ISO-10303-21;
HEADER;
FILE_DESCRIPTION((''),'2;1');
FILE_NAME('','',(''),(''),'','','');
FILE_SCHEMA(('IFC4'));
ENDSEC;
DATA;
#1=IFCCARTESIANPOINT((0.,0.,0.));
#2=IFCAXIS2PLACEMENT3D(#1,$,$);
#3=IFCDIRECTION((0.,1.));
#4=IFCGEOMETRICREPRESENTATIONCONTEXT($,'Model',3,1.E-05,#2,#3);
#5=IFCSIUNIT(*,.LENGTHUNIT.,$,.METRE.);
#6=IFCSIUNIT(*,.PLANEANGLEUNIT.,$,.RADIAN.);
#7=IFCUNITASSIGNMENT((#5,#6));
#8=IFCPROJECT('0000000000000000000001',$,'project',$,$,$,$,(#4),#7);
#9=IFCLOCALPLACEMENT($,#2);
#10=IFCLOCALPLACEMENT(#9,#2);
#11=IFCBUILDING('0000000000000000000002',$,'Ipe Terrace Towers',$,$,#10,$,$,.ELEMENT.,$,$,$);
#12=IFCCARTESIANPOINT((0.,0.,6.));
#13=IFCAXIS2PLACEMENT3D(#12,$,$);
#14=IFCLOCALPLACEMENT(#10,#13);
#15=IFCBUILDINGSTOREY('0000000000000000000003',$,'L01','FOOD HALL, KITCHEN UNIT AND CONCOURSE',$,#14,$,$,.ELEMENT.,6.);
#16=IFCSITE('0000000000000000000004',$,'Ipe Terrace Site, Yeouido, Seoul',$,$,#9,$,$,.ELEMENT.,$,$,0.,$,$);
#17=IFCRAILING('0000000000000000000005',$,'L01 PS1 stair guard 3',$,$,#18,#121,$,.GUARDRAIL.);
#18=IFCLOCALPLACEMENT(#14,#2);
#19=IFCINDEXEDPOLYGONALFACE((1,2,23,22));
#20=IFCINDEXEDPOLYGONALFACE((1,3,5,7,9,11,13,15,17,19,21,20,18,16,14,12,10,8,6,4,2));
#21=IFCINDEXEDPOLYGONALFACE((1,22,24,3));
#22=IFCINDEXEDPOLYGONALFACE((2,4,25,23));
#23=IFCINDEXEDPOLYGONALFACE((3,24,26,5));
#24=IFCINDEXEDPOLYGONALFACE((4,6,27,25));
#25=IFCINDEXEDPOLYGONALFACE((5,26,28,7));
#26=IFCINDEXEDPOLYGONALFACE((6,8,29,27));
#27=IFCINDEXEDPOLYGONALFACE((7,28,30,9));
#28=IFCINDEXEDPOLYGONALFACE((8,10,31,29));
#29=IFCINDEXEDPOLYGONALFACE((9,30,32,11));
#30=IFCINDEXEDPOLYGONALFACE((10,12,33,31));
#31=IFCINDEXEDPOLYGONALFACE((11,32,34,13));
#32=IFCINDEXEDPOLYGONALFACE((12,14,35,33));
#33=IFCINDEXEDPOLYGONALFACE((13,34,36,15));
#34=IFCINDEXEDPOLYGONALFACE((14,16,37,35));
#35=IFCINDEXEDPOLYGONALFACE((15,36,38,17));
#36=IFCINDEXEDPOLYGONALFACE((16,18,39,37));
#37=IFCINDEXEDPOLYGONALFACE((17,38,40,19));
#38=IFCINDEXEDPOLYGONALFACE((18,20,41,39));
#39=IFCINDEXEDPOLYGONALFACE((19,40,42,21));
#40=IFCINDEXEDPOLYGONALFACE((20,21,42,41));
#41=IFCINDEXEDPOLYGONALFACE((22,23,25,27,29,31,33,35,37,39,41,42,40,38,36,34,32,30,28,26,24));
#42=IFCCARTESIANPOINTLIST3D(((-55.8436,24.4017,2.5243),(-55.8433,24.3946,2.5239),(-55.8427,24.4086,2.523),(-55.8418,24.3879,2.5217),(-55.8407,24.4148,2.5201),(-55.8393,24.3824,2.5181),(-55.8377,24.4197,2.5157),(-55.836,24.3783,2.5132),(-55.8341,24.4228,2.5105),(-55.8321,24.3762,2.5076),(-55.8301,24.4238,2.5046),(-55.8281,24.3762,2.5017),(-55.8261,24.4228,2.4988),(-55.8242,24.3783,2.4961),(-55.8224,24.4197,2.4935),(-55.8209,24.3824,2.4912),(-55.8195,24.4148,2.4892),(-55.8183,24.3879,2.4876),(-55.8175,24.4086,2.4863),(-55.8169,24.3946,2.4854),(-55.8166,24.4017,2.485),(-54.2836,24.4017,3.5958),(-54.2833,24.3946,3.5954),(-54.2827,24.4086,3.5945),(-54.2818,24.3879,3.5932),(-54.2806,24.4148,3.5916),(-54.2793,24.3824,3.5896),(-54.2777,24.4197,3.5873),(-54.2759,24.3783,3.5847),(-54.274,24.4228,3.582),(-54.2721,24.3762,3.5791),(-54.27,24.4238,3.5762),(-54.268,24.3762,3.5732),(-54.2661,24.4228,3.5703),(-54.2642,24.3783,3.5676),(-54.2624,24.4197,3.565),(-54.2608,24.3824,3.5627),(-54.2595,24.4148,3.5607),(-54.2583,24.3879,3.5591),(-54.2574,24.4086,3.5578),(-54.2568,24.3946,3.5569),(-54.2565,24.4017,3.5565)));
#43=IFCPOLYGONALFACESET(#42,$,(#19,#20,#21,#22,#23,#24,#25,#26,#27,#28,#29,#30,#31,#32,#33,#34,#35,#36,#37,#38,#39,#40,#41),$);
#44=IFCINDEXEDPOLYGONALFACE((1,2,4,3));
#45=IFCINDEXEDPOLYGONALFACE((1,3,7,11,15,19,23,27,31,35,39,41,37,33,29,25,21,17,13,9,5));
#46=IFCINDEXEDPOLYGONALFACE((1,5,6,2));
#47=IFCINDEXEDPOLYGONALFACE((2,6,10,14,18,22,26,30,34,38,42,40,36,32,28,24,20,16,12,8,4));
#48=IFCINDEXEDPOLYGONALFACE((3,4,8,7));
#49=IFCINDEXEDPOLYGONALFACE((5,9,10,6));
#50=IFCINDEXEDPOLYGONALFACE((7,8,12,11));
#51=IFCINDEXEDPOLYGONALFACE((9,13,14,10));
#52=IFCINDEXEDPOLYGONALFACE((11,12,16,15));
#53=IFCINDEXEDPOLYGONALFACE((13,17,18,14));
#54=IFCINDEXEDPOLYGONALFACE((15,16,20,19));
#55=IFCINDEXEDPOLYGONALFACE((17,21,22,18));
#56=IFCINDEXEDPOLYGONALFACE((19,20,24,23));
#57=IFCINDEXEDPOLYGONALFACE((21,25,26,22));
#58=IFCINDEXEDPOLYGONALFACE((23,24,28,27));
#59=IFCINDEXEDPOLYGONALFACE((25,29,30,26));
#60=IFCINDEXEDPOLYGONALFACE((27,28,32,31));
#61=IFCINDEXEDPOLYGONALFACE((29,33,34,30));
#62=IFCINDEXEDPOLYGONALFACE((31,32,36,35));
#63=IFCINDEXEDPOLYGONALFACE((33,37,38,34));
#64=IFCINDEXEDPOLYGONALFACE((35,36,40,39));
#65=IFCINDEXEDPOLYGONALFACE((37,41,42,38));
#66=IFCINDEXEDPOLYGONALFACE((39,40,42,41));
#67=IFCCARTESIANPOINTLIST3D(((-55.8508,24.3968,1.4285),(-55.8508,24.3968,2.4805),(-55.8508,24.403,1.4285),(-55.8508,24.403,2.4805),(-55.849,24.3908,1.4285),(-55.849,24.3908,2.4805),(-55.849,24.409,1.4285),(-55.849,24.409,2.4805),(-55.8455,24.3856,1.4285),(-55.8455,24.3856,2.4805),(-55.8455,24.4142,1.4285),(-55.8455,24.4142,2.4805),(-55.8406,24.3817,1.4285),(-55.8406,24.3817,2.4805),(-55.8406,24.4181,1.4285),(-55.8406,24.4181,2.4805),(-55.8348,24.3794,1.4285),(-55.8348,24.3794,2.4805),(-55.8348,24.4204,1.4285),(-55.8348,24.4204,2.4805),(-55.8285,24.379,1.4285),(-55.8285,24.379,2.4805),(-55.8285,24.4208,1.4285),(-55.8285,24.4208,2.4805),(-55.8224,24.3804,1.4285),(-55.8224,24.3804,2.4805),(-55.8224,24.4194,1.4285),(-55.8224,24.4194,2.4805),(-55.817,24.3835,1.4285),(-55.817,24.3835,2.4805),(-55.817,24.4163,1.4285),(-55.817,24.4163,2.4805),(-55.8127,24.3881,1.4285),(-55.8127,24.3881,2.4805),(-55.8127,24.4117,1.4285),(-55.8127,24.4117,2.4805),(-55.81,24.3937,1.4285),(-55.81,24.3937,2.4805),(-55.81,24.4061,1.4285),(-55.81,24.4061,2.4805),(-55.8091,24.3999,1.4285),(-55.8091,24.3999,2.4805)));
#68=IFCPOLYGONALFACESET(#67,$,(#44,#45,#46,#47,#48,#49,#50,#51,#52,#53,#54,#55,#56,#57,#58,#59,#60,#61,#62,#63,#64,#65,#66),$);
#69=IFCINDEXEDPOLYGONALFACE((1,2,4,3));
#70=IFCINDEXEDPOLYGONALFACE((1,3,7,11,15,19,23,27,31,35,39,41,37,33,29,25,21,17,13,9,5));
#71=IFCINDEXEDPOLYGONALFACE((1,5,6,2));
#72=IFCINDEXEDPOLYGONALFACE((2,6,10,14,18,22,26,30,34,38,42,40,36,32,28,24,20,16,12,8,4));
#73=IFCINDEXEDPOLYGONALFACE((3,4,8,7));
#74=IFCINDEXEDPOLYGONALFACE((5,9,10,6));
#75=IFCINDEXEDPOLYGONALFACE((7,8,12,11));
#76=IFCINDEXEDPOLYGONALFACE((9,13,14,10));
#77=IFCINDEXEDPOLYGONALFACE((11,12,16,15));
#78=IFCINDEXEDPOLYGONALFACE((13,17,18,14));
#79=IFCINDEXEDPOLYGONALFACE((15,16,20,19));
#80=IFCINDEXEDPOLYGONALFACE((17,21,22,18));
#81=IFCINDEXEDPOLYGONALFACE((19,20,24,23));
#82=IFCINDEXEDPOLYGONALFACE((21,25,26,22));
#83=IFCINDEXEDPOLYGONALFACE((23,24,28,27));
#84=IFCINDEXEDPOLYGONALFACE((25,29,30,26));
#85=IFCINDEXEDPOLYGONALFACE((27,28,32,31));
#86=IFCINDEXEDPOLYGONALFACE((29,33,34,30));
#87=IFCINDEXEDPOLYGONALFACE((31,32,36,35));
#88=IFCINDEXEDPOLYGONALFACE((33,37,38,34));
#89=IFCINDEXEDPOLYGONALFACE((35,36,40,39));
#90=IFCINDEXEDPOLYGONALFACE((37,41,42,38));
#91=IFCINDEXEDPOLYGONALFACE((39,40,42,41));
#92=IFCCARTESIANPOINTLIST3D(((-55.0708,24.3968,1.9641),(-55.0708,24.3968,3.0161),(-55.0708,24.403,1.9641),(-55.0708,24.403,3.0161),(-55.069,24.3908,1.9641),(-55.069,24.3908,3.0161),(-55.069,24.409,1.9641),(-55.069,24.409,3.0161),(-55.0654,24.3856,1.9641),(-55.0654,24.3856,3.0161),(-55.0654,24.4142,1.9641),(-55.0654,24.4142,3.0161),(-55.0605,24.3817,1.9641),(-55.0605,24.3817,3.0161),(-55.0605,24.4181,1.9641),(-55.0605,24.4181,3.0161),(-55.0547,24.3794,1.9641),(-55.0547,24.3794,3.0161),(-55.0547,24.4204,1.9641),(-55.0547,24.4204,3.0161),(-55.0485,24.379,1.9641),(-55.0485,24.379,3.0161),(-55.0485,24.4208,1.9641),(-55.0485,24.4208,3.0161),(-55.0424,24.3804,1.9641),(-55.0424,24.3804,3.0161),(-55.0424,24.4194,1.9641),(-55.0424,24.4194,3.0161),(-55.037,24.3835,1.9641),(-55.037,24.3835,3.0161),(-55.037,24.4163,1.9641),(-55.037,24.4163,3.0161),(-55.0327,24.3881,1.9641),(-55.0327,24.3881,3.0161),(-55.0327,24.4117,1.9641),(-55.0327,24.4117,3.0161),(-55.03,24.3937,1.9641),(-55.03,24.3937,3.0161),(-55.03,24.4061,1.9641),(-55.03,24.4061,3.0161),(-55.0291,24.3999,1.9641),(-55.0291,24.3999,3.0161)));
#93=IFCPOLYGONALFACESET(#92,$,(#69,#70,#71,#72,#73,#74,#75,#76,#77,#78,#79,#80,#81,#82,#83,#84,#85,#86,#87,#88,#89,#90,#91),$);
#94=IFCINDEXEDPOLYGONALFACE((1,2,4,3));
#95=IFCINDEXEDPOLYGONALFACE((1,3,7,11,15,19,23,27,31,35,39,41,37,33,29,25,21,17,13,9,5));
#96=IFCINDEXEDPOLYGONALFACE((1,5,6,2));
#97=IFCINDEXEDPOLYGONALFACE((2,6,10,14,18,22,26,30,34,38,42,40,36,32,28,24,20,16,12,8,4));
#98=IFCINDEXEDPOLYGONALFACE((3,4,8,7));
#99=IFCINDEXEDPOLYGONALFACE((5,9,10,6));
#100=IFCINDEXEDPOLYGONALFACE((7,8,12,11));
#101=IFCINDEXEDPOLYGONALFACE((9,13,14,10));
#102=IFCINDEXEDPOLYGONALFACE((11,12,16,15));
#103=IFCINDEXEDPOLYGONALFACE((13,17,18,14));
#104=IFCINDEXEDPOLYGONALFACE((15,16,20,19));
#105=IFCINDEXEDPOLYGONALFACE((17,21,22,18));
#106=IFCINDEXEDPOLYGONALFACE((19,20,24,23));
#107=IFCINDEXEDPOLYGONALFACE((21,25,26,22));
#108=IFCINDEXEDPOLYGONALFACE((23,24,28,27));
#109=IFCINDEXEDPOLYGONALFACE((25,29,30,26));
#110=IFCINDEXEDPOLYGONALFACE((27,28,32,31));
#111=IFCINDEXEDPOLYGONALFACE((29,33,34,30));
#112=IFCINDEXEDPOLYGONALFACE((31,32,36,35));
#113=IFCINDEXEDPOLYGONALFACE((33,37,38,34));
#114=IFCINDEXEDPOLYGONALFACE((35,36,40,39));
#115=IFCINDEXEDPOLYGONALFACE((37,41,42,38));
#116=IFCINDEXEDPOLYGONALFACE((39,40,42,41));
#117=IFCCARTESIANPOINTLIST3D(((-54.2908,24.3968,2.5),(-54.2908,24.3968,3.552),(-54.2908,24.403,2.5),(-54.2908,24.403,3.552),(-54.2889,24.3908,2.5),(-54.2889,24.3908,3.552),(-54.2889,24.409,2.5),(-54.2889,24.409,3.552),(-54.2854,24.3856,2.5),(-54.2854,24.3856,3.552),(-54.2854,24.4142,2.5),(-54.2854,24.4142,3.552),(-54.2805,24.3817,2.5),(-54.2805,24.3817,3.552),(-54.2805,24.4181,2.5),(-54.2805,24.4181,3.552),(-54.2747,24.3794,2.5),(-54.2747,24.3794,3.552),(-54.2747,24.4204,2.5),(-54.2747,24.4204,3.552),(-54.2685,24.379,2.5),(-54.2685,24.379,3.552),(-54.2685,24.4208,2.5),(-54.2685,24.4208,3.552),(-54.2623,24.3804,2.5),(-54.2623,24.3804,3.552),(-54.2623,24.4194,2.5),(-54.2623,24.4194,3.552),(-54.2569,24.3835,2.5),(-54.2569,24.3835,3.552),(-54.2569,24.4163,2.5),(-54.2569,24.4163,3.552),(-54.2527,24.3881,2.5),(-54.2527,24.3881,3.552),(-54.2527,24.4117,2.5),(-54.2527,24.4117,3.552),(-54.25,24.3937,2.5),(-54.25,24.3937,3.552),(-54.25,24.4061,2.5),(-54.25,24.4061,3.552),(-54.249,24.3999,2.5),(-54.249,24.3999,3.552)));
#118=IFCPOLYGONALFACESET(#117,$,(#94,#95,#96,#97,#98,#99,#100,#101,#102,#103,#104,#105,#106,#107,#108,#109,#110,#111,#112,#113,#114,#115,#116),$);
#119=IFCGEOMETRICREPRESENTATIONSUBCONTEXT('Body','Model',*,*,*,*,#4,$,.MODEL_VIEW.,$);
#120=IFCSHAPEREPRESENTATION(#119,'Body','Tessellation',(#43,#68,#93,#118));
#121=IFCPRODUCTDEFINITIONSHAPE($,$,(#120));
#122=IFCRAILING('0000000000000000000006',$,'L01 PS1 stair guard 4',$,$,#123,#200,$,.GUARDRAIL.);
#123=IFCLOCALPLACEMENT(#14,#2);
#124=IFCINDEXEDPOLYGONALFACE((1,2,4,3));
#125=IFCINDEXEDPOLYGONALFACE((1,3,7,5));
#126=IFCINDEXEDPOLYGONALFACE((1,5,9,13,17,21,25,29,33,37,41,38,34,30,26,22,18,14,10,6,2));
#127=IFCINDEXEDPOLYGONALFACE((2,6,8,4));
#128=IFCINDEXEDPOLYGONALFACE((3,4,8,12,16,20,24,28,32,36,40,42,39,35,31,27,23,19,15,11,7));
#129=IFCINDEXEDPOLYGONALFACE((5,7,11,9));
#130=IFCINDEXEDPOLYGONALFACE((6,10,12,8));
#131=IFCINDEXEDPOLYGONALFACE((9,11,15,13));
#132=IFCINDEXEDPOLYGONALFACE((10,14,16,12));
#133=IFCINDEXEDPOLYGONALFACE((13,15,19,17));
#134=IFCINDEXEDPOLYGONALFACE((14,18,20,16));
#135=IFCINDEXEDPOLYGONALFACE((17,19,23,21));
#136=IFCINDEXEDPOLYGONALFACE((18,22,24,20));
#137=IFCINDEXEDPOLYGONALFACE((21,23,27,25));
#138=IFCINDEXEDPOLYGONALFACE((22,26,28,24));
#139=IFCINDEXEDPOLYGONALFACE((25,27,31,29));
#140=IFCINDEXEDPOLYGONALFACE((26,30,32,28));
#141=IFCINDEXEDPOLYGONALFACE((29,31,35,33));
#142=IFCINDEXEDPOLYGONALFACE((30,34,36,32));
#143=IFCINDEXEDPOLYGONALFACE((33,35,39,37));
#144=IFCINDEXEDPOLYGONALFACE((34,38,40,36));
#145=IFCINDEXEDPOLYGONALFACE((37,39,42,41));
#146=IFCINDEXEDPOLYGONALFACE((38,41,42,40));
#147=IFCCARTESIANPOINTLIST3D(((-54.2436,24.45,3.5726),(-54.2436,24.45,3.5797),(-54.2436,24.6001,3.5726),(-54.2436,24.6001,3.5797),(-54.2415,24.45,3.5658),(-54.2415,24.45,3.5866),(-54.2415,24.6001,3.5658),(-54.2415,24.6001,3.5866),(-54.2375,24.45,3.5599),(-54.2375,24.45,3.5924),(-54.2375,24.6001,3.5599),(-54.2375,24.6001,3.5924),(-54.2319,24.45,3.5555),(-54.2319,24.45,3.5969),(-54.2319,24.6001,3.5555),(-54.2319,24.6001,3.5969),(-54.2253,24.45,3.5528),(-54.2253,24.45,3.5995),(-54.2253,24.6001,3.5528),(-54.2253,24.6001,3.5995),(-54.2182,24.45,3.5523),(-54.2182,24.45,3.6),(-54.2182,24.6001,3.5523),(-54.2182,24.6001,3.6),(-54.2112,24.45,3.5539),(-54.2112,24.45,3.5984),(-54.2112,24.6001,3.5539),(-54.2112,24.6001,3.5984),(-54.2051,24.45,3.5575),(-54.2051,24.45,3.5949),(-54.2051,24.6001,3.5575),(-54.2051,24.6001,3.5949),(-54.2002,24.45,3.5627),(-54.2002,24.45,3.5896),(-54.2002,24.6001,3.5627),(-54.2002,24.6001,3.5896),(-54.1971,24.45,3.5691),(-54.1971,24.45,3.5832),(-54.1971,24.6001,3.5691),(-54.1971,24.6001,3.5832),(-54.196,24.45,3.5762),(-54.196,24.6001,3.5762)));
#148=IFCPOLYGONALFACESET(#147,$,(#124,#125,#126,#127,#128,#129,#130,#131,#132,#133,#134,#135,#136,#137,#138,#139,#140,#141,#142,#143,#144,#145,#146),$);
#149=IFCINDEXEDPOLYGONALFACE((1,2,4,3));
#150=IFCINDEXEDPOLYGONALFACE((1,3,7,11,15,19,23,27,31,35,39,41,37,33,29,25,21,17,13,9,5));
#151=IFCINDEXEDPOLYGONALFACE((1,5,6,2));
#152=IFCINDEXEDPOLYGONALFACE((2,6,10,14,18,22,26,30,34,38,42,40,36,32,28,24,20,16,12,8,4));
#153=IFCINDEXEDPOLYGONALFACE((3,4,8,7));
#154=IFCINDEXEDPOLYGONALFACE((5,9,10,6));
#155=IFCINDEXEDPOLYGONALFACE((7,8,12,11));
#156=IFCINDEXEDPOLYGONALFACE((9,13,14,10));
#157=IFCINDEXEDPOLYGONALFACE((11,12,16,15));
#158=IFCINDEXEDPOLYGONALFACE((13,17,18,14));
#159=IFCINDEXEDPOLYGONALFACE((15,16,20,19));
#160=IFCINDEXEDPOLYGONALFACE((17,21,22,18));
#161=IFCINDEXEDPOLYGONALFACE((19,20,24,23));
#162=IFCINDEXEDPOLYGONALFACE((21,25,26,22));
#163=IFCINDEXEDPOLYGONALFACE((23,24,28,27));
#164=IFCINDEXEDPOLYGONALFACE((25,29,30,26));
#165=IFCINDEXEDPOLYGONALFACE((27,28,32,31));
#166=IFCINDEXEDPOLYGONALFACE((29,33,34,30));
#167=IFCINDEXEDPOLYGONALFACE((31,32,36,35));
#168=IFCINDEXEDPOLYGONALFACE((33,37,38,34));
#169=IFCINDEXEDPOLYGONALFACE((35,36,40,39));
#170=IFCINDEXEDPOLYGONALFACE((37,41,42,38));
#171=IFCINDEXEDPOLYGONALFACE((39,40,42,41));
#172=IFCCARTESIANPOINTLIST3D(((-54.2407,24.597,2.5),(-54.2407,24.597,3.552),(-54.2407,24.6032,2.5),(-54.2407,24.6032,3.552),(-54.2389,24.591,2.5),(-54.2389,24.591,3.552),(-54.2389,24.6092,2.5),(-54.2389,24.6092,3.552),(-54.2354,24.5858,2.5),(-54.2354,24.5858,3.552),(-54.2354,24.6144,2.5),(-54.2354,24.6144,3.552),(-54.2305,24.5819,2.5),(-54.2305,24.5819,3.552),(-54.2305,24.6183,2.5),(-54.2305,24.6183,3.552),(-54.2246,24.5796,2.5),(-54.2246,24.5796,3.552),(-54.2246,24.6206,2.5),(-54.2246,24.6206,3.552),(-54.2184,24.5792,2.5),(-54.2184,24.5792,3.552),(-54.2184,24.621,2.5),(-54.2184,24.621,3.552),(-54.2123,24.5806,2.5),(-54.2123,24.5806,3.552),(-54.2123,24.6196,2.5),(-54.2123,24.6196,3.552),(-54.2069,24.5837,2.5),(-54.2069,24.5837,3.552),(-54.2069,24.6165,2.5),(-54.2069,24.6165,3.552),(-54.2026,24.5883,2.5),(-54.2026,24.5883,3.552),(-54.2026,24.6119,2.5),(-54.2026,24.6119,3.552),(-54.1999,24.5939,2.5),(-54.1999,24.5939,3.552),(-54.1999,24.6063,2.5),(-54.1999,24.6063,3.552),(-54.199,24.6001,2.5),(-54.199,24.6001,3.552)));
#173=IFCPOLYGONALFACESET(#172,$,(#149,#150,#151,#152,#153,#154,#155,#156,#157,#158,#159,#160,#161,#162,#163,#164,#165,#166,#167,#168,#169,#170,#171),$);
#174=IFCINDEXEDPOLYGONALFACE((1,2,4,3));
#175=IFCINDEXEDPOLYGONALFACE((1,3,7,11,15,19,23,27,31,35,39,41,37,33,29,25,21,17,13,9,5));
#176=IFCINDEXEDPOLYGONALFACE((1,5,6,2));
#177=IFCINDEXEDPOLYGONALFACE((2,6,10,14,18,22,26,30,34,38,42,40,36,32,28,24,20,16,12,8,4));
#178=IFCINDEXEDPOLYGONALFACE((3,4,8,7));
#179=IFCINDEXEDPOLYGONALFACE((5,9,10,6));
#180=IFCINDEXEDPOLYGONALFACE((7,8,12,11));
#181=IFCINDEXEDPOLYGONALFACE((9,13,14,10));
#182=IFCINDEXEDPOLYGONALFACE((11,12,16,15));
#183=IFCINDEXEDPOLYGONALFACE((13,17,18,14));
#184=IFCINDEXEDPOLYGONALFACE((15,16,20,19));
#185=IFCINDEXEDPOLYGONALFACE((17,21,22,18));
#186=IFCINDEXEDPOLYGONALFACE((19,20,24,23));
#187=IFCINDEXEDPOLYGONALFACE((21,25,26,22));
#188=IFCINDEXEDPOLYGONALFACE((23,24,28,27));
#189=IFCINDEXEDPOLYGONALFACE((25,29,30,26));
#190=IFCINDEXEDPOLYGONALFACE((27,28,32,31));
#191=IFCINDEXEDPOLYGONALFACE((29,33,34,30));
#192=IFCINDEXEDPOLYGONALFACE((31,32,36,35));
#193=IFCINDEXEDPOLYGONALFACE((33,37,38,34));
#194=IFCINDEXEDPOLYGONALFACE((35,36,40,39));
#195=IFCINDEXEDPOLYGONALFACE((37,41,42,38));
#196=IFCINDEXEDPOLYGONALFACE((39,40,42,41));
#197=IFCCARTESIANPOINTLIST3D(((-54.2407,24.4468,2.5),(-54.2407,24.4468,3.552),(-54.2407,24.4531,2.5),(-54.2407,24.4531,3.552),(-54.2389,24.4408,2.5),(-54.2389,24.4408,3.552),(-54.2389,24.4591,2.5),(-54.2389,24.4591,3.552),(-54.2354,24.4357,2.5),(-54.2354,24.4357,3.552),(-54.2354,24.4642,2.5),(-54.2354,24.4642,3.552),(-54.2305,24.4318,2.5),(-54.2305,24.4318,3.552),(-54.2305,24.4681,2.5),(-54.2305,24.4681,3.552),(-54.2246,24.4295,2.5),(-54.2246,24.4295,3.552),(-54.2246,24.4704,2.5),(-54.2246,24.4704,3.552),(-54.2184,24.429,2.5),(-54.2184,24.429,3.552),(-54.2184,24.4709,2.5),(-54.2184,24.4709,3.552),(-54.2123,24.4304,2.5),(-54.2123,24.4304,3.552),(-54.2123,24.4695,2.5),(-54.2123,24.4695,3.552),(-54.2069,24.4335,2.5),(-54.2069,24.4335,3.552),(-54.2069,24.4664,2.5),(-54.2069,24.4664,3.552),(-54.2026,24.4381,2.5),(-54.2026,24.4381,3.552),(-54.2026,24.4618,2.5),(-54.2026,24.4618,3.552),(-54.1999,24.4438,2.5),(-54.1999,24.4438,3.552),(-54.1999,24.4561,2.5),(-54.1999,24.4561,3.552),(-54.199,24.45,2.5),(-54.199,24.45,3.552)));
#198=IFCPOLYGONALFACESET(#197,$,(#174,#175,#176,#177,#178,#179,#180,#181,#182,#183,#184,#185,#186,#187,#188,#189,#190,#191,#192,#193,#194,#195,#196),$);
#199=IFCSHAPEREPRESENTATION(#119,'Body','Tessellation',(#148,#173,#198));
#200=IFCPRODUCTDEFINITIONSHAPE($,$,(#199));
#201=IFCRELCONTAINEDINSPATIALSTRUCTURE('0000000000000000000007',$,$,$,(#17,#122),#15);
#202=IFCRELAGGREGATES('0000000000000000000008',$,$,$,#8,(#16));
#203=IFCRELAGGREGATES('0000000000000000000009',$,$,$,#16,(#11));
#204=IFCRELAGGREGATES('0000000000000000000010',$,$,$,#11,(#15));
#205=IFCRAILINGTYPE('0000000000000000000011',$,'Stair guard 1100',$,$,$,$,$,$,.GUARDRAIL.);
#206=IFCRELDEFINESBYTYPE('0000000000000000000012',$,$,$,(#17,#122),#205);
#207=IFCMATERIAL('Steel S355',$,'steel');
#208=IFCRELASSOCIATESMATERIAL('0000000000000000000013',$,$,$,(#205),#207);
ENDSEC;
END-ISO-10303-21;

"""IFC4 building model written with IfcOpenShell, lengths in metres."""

from ifc_helpers import new_model, si_unit, direction, frame, origin, origin_2d, place, context, subcontext, project, spatial, circle, extrude, material, type_object, element, save


model = new_model("IFC4")

# Units and contexts
model_context = context("Model", 3, precision=1e-05, world=origin(), true_north=direction((0.0, 1.0)))
body_context = subcontext(model_context, "Body", "Model", "MODEL_VIEW")
ifc_project = project(units=[si_unit("LENGTHUNIT", "METRE"), si_unit("PLANEANGLEUNIT", "RADIAN")], contexts=[model_context])

# Site, building, storey
site_placement = place(None, origin())
site = spatial("IfcSite", under=ifc_project, at=site_placement, Name="Ipe Terrace Site, Yeouido, Seoul", CompositionType="ELEMENT", RefElevation=0.0)
building_placement = place(site_placement, origin())
building = spatial("IfcBuilding", under=site, at=building_placement, Name="Ipe Terrace Towers", CompositionType="ELEMENT")
storey_placement = place(building_placement, frame((0.0, 0.0, 6.0)))
storey = spatial("IfcBuildingStorey", under=building, at=storey_placement, Name="L01", Description="FOOD HALL, KITCHEN UNIT AND CONCOURSE", CompositionType="ELEMENT", Elevation=6.0)

# Railings
ifc_material_1 = material(Name="Steel S355", Category="steel")
railing_type_1 = type_object("IfcRailingType", Name="Stair guard 1100", PredefinedType="GUARDRAIL", material=ifc_material_1)
railing_1_placement = place(storey_placement, frame((-55.8301, 24.3999, 1.4285)))
element("IfcRailing", 1, at=railing_1_placement, inside=storey, type_object=railing_type_1, Name="L01 PS1 stair guard 3", PredefinedType="GUARDRAIL", context=body_context, shape_type="SweptSolid", body=[
    extrude(circle(Radius=0.0239, at=origin_2d()), frame((0.0, 0.0, 1.0762), z_axis=(0.82429, 0.0, 0.566167), x_axis=(0.0, 1.0, 0.0)), (0.0, 0.0, 1.0), 1.8926),
    extrude(circle(Radius=0.021, at=origin_2d()), origin(), (0.0, 0.0, 1.0), 1.052),
    extrude(circle(Radius=0.021, at=origin_2d()), frame((0.78, 0.0, 0.5356)), (0.0, 0.0, 1.0), 1.052),
    extrude(circle(Radius=0.021, at=origin_2d()), frame((1.5601, 0.0, 1.0715)), (0.0, 0.0, 1.0), 1.052),
])
railing_2_placement = place(storey_placement, frame((-54.22, 24.6001, 2.5)))
element("IfcRailing", 2, at=railing_2_placement, inside=storey, type_object=railing_type_1, Name="L01 PS1 stair guard 4", PredefinedType="GUARDRAIL", context=body_context, shape_type="SweptSolid", body=[
    extrude(circle(Radius=0.0239, at=origin_2d()), frame((0.0, 0.0, 1.0762), z_axis=(0.0, -1.0, 0.0), x_axis=(1.0, 0.0, 0.0)), (0.0, 0.0, 1.0), 0.1501),
    extrude(circle(Radius=0.021, at=origin_2d()), origin(), (0.0, 0.0, 1.0), 1.052),
    extrude(circle(Radius=0.021, at=origin_2d()), frame((0.0, -0.1501, 0.0)), (0.0, 0.0, 1.0), 1.052),
])

save(model, "model.ifc")
